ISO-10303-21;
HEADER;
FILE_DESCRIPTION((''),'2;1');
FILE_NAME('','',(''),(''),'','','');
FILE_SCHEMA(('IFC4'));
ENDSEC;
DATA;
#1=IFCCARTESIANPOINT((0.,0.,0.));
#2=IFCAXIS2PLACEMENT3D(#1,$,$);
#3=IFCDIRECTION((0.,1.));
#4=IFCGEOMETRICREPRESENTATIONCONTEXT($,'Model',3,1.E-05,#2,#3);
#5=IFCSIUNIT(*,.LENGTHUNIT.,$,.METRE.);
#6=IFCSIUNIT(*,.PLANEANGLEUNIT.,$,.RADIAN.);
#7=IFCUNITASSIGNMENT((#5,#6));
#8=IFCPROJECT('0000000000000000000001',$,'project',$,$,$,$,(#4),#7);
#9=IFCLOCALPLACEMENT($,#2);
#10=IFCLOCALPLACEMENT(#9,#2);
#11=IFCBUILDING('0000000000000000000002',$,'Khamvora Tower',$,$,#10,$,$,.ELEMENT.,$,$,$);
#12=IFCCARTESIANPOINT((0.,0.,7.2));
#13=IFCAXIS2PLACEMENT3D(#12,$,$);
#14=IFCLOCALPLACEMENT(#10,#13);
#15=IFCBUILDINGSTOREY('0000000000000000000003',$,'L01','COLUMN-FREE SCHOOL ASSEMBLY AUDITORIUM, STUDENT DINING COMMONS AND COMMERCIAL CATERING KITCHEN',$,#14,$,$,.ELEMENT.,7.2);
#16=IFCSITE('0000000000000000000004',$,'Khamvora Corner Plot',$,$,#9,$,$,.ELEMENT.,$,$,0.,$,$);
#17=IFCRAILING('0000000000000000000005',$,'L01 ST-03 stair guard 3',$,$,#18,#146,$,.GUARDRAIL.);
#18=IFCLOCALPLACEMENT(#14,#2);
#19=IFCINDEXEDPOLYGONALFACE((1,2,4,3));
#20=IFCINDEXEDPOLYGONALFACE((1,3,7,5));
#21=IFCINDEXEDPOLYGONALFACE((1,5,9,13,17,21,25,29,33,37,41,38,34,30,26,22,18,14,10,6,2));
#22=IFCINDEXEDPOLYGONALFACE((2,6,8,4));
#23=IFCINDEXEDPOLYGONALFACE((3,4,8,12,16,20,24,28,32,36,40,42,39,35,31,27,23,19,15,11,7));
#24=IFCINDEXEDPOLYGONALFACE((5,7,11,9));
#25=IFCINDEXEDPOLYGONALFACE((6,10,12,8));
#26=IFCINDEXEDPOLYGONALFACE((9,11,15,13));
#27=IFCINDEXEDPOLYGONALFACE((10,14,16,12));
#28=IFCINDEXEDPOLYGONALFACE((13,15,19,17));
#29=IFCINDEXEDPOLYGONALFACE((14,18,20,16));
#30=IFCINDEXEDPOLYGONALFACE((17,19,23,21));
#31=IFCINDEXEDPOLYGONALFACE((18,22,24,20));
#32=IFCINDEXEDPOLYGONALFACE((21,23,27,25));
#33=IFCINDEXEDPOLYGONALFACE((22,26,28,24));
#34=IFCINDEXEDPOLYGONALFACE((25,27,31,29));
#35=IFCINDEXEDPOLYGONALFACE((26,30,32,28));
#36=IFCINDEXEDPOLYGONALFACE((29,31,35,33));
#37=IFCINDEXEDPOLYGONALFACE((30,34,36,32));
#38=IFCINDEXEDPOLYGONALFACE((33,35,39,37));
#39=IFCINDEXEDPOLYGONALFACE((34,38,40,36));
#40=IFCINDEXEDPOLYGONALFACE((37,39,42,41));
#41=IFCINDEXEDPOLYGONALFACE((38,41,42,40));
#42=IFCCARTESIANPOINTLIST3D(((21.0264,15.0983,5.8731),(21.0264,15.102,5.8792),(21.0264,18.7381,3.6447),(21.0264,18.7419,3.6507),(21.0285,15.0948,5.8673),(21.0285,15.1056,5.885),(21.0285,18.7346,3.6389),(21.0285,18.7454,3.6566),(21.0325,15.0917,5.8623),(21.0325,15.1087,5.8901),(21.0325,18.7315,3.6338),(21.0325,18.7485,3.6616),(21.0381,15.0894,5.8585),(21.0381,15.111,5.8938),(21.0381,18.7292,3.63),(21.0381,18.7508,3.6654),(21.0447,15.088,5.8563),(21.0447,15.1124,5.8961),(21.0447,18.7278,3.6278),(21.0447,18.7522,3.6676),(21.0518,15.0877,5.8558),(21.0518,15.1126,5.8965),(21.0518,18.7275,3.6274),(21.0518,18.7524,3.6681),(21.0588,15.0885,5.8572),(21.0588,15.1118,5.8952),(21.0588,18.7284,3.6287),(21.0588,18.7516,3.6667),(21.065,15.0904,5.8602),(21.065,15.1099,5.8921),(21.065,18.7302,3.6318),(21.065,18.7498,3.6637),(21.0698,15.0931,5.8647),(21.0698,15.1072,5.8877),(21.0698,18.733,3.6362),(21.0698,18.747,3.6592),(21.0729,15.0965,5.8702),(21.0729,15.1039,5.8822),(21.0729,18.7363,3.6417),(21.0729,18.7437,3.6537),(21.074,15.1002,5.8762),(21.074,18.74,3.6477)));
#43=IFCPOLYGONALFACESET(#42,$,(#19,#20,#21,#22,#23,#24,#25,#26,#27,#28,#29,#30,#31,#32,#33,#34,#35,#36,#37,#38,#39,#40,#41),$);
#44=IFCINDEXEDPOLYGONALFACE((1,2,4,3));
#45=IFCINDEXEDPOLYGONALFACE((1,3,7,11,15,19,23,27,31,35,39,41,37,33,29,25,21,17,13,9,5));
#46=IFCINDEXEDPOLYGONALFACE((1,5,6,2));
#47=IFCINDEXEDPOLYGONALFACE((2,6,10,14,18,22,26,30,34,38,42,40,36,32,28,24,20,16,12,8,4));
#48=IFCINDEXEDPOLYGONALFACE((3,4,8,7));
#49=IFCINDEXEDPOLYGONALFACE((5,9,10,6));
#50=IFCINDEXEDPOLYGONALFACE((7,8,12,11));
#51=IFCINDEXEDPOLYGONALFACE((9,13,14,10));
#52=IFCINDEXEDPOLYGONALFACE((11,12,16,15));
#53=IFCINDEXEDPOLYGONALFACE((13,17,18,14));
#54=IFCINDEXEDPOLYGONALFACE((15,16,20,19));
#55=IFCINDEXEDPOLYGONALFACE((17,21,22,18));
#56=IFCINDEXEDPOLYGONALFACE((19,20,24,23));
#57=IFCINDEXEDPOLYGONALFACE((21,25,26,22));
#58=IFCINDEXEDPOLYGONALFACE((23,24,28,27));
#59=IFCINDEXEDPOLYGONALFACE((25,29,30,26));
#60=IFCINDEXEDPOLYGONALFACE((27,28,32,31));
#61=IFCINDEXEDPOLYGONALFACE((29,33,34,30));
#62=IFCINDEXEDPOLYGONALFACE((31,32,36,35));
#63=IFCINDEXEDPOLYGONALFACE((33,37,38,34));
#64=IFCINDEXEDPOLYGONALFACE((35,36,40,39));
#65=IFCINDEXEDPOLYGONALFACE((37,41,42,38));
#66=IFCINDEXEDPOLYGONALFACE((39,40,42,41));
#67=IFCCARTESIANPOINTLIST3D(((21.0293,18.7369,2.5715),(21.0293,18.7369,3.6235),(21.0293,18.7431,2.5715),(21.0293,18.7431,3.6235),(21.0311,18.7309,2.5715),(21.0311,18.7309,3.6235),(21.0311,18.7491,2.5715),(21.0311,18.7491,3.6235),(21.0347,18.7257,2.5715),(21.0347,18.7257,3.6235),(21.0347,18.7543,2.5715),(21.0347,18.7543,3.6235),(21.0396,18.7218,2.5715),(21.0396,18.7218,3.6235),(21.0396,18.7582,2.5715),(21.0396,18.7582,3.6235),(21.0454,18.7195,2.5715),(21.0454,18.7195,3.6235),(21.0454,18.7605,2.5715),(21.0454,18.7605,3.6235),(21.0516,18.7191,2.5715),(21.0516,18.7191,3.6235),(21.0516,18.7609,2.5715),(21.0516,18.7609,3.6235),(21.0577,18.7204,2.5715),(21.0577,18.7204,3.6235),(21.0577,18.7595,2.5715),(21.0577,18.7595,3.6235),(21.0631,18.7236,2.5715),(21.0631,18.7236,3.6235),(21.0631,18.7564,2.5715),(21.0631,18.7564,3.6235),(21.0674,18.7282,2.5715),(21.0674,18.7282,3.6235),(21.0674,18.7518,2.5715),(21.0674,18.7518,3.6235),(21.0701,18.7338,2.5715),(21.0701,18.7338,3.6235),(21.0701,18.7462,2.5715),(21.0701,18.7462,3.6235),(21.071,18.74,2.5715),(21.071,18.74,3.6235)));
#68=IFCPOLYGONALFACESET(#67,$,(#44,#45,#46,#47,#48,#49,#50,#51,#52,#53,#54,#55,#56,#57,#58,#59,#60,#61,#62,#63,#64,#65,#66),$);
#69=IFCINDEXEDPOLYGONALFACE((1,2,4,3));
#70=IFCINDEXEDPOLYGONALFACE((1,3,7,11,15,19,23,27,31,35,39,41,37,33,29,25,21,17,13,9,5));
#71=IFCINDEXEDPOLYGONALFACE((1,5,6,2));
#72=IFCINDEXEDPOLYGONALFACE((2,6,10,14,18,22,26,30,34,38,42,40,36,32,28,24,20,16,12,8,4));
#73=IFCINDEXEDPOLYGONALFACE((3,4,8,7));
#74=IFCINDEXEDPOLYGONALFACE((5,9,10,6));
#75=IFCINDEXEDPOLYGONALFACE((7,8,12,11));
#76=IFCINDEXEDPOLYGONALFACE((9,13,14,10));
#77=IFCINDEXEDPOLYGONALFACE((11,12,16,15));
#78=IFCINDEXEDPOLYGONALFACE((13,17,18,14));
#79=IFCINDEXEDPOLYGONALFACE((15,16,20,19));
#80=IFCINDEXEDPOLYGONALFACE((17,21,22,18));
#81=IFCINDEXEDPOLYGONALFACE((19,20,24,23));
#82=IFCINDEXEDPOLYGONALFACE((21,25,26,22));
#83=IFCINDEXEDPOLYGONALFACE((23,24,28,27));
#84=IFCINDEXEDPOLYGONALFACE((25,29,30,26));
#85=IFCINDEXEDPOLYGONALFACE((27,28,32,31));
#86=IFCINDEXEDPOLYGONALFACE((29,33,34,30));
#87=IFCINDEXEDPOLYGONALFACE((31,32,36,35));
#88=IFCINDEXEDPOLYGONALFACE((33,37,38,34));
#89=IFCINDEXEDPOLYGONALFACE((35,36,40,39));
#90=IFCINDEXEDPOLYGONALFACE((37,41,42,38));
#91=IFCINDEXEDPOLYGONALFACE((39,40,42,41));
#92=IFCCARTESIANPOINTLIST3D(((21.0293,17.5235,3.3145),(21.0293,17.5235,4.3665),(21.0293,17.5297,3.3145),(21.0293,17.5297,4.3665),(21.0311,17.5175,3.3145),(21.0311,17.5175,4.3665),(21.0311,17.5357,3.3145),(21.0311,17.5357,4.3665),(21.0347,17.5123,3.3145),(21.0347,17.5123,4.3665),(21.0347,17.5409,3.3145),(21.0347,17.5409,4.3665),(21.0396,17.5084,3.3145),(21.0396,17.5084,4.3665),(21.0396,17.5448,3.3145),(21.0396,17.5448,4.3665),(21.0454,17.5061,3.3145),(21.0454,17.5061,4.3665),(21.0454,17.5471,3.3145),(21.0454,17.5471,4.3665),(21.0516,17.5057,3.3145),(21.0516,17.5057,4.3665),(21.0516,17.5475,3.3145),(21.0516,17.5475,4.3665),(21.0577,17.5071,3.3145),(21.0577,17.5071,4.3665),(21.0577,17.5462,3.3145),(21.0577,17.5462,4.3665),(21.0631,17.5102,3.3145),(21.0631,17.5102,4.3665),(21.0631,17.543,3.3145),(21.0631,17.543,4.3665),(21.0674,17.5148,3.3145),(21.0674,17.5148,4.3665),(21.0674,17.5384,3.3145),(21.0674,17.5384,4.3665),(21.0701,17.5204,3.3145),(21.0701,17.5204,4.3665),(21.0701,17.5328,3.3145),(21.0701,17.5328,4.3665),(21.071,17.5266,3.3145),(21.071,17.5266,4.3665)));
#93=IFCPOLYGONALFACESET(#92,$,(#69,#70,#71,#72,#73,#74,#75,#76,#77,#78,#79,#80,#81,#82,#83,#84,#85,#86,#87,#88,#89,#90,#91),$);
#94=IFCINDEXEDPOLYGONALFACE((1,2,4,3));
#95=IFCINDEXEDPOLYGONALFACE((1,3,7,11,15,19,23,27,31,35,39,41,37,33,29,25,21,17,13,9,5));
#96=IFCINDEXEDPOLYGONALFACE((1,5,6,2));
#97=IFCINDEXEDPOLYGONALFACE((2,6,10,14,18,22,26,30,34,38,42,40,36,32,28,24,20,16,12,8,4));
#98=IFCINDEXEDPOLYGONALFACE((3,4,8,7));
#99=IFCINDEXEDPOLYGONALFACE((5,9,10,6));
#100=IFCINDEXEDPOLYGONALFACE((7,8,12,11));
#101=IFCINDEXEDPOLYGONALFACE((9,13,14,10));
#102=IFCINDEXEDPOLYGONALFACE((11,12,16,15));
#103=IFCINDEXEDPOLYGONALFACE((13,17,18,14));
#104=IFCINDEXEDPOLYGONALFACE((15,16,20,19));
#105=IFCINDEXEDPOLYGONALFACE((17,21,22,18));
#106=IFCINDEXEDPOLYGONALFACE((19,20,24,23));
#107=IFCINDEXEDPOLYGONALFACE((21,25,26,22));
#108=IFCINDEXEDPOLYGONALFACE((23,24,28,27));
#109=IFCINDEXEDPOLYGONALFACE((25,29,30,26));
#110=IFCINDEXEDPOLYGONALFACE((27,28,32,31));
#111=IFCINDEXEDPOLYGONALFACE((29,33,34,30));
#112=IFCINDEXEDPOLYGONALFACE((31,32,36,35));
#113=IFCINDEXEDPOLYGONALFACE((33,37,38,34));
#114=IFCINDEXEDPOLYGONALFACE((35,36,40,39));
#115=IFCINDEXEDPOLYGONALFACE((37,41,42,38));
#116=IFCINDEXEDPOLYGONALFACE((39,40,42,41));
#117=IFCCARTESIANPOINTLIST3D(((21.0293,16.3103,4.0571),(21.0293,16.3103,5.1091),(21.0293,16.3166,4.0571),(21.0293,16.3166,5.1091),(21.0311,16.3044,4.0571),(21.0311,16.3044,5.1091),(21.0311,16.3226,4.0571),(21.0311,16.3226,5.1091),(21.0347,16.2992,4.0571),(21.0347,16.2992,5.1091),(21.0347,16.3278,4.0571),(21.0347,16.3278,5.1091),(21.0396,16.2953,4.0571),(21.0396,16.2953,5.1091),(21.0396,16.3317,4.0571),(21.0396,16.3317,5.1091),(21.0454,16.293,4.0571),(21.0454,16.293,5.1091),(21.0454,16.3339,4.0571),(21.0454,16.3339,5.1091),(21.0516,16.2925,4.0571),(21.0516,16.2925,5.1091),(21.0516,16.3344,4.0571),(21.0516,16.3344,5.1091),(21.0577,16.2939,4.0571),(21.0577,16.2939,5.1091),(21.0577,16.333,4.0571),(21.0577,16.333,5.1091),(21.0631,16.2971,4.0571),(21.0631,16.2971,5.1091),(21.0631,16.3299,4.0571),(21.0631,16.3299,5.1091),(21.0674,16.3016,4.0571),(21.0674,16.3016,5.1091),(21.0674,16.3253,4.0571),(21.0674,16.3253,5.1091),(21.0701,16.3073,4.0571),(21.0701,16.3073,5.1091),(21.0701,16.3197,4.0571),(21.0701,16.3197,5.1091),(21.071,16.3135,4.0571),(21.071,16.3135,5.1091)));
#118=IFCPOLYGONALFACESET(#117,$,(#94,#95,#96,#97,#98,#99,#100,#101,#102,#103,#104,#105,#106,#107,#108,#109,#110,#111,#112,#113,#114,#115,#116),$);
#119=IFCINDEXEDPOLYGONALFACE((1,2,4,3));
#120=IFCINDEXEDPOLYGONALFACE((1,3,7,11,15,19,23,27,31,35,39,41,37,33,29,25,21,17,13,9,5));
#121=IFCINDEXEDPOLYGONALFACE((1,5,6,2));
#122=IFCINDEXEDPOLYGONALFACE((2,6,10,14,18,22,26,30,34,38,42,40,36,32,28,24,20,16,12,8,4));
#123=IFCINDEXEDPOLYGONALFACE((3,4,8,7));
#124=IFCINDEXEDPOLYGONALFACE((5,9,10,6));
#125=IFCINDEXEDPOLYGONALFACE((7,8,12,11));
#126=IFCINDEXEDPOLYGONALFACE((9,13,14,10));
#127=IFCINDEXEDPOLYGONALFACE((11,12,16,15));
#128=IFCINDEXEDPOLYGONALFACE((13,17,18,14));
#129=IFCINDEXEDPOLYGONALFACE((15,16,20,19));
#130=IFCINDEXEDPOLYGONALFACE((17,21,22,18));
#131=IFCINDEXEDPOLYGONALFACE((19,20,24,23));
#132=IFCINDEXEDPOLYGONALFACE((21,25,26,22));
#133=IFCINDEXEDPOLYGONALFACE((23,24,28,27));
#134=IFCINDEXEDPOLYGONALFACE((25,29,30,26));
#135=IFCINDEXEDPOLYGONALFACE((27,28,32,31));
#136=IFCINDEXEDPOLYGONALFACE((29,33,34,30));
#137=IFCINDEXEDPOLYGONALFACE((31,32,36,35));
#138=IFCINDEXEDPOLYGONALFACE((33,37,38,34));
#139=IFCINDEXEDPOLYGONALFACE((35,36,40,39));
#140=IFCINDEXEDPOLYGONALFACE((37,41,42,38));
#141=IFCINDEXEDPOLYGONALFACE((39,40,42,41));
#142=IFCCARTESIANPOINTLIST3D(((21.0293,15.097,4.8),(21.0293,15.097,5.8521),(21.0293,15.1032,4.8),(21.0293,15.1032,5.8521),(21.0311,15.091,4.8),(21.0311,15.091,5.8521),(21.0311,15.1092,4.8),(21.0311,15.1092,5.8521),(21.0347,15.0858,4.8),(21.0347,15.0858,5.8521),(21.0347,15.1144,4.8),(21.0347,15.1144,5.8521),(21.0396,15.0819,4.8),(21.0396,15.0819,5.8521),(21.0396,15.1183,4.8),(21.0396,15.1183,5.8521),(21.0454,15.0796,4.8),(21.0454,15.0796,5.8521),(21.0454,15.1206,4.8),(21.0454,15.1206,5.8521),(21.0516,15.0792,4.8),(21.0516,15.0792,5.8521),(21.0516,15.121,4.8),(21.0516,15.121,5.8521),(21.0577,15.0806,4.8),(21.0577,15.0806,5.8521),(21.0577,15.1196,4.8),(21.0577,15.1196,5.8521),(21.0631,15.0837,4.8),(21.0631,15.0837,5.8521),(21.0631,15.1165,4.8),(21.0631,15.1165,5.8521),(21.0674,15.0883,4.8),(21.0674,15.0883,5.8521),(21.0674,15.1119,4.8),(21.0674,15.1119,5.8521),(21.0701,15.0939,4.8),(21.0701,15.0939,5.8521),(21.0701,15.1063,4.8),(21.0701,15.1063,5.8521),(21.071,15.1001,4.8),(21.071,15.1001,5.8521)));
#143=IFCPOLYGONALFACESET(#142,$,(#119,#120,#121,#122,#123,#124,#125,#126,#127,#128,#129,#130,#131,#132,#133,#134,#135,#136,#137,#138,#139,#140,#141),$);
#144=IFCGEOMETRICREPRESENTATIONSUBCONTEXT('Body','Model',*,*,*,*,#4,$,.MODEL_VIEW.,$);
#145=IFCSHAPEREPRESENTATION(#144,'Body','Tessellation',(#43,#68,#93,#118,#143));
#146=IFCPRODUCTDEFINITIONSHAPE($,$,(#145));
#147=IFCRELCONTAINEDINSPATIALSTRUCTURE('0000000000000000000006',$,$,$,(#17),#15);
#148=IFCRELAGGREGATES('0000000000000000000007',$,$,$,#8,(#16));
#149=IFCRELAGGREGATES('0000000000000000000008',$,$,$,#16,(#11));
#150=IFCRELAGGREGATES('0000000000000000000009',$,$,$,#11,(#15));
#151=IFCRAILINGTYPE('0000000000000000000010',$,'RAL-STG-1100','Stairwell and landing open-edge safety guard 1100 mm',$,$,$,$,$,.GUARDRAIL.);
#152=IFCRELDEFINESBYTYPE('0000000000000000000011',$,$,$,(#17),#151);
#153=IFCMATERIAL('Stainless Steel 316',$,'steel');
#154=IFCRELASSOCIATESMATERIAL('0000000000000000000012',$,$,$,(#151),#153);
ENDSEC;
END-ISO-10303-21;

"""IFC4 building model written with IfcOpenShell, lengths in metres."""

from ifc_helpers import new_model, si_unit, direction, frame, origin, origin_2d, place, context, subcontext, project, spatial, circle, extrude, material, type_object, element, save


model = new_model("IFC4")

# Units and contexts
model_context = context("Model", 3, precision=1e-05, world=origin(), true_north=direction((0.0, 1.0)))
body_context = subcontext(model_context, "Body", "Model", "MODEL_VIEW")
ifc_project = project(units=[si_unit("LENGTHUNIT", "METRE"), si_unit("PLANEANGLEUNIT", "RADIAN")], contexts=[model_context])

# Site, building, storey
site_placement = place(None, origin())
site = spatial("IfcSite", under=ifc_project, at=site_placement, Name="Khamvora Corner Plot", CompositionType="ELEMENT", RefElevation=0.0)
building_placement = place(site_placement, origin())
building = spatial("IfcBuilding", under=site, at=building_placement, Name="Khamvora Tower", CompositionType="ELEMENT")
storey_placement = place(building_placement, frame((0.0, 0.0, 7.2)))
storey = spatial("IfcBuildingStorey", under=building, at=storey_placement, Name="L01", Description="COLUMN-FREE SCHOOL ASSEMBLY AUDITORIUM, STUDENT DINING COMMONS AND COMMERCIAL CATERING KITCHEN", CompositionType="ELEMENT", Elevation=7.2)

# Railing
ifc_material_1 = material(Name="Stainless Steel 316", Category="steel")
railing_type_1 = type_object("IfcRailingType", Name="RAL-STG-1100", Description="Stairwell and landing open-edge safety guard 1100 mm", PredefinedType="GUARDRAIL", material=ifc_material_1)
railing_1_placement = place(storey_placement, frame((21.05, 18.74, 2.5715)))
element("IfcRailing", 1, at=railing_1_placement, inside=storey, type_object=railing_type_1, Name="L01 ST-03 stair guard 3", PredefinedType="GUARDRAIL", context=body_context, shape_type="SweptSolid", body=[
    extrude(circle(Radius=0.0239, at=origin_2d()), frame((0.0, 0.0, 1.0762), z_axis=(0.0, -0.85285, 0.522156), x_axis=(1.0, 0.0, 0.0)), (0.0, 0.0, 1.0), 4.2678),
    extrude(circle(Radius=0.021, at=origin_2d()), origin(), (0.0, 0.0, 1.0), 1.052),
    extrude(circle(Radius=0.021, at=origin_2d()), frame((0.0, -1.2134, 0.7429)), (0.0, 0.0, 1.0), 1.052),
    extrude(circle(Radius=0.021, at=origin_2d()), frame((0.0, -2.4265, 1.4856)), (0.0, 0.0, 1.0), 1.052),
    extrude(circle(Radius=0.021, at=origin_2d()), frame((0.0, -3.6399, 2.2285)), (0.0, 0.0, 1.0), 1.052),
])

save(model, "model.ifc")
